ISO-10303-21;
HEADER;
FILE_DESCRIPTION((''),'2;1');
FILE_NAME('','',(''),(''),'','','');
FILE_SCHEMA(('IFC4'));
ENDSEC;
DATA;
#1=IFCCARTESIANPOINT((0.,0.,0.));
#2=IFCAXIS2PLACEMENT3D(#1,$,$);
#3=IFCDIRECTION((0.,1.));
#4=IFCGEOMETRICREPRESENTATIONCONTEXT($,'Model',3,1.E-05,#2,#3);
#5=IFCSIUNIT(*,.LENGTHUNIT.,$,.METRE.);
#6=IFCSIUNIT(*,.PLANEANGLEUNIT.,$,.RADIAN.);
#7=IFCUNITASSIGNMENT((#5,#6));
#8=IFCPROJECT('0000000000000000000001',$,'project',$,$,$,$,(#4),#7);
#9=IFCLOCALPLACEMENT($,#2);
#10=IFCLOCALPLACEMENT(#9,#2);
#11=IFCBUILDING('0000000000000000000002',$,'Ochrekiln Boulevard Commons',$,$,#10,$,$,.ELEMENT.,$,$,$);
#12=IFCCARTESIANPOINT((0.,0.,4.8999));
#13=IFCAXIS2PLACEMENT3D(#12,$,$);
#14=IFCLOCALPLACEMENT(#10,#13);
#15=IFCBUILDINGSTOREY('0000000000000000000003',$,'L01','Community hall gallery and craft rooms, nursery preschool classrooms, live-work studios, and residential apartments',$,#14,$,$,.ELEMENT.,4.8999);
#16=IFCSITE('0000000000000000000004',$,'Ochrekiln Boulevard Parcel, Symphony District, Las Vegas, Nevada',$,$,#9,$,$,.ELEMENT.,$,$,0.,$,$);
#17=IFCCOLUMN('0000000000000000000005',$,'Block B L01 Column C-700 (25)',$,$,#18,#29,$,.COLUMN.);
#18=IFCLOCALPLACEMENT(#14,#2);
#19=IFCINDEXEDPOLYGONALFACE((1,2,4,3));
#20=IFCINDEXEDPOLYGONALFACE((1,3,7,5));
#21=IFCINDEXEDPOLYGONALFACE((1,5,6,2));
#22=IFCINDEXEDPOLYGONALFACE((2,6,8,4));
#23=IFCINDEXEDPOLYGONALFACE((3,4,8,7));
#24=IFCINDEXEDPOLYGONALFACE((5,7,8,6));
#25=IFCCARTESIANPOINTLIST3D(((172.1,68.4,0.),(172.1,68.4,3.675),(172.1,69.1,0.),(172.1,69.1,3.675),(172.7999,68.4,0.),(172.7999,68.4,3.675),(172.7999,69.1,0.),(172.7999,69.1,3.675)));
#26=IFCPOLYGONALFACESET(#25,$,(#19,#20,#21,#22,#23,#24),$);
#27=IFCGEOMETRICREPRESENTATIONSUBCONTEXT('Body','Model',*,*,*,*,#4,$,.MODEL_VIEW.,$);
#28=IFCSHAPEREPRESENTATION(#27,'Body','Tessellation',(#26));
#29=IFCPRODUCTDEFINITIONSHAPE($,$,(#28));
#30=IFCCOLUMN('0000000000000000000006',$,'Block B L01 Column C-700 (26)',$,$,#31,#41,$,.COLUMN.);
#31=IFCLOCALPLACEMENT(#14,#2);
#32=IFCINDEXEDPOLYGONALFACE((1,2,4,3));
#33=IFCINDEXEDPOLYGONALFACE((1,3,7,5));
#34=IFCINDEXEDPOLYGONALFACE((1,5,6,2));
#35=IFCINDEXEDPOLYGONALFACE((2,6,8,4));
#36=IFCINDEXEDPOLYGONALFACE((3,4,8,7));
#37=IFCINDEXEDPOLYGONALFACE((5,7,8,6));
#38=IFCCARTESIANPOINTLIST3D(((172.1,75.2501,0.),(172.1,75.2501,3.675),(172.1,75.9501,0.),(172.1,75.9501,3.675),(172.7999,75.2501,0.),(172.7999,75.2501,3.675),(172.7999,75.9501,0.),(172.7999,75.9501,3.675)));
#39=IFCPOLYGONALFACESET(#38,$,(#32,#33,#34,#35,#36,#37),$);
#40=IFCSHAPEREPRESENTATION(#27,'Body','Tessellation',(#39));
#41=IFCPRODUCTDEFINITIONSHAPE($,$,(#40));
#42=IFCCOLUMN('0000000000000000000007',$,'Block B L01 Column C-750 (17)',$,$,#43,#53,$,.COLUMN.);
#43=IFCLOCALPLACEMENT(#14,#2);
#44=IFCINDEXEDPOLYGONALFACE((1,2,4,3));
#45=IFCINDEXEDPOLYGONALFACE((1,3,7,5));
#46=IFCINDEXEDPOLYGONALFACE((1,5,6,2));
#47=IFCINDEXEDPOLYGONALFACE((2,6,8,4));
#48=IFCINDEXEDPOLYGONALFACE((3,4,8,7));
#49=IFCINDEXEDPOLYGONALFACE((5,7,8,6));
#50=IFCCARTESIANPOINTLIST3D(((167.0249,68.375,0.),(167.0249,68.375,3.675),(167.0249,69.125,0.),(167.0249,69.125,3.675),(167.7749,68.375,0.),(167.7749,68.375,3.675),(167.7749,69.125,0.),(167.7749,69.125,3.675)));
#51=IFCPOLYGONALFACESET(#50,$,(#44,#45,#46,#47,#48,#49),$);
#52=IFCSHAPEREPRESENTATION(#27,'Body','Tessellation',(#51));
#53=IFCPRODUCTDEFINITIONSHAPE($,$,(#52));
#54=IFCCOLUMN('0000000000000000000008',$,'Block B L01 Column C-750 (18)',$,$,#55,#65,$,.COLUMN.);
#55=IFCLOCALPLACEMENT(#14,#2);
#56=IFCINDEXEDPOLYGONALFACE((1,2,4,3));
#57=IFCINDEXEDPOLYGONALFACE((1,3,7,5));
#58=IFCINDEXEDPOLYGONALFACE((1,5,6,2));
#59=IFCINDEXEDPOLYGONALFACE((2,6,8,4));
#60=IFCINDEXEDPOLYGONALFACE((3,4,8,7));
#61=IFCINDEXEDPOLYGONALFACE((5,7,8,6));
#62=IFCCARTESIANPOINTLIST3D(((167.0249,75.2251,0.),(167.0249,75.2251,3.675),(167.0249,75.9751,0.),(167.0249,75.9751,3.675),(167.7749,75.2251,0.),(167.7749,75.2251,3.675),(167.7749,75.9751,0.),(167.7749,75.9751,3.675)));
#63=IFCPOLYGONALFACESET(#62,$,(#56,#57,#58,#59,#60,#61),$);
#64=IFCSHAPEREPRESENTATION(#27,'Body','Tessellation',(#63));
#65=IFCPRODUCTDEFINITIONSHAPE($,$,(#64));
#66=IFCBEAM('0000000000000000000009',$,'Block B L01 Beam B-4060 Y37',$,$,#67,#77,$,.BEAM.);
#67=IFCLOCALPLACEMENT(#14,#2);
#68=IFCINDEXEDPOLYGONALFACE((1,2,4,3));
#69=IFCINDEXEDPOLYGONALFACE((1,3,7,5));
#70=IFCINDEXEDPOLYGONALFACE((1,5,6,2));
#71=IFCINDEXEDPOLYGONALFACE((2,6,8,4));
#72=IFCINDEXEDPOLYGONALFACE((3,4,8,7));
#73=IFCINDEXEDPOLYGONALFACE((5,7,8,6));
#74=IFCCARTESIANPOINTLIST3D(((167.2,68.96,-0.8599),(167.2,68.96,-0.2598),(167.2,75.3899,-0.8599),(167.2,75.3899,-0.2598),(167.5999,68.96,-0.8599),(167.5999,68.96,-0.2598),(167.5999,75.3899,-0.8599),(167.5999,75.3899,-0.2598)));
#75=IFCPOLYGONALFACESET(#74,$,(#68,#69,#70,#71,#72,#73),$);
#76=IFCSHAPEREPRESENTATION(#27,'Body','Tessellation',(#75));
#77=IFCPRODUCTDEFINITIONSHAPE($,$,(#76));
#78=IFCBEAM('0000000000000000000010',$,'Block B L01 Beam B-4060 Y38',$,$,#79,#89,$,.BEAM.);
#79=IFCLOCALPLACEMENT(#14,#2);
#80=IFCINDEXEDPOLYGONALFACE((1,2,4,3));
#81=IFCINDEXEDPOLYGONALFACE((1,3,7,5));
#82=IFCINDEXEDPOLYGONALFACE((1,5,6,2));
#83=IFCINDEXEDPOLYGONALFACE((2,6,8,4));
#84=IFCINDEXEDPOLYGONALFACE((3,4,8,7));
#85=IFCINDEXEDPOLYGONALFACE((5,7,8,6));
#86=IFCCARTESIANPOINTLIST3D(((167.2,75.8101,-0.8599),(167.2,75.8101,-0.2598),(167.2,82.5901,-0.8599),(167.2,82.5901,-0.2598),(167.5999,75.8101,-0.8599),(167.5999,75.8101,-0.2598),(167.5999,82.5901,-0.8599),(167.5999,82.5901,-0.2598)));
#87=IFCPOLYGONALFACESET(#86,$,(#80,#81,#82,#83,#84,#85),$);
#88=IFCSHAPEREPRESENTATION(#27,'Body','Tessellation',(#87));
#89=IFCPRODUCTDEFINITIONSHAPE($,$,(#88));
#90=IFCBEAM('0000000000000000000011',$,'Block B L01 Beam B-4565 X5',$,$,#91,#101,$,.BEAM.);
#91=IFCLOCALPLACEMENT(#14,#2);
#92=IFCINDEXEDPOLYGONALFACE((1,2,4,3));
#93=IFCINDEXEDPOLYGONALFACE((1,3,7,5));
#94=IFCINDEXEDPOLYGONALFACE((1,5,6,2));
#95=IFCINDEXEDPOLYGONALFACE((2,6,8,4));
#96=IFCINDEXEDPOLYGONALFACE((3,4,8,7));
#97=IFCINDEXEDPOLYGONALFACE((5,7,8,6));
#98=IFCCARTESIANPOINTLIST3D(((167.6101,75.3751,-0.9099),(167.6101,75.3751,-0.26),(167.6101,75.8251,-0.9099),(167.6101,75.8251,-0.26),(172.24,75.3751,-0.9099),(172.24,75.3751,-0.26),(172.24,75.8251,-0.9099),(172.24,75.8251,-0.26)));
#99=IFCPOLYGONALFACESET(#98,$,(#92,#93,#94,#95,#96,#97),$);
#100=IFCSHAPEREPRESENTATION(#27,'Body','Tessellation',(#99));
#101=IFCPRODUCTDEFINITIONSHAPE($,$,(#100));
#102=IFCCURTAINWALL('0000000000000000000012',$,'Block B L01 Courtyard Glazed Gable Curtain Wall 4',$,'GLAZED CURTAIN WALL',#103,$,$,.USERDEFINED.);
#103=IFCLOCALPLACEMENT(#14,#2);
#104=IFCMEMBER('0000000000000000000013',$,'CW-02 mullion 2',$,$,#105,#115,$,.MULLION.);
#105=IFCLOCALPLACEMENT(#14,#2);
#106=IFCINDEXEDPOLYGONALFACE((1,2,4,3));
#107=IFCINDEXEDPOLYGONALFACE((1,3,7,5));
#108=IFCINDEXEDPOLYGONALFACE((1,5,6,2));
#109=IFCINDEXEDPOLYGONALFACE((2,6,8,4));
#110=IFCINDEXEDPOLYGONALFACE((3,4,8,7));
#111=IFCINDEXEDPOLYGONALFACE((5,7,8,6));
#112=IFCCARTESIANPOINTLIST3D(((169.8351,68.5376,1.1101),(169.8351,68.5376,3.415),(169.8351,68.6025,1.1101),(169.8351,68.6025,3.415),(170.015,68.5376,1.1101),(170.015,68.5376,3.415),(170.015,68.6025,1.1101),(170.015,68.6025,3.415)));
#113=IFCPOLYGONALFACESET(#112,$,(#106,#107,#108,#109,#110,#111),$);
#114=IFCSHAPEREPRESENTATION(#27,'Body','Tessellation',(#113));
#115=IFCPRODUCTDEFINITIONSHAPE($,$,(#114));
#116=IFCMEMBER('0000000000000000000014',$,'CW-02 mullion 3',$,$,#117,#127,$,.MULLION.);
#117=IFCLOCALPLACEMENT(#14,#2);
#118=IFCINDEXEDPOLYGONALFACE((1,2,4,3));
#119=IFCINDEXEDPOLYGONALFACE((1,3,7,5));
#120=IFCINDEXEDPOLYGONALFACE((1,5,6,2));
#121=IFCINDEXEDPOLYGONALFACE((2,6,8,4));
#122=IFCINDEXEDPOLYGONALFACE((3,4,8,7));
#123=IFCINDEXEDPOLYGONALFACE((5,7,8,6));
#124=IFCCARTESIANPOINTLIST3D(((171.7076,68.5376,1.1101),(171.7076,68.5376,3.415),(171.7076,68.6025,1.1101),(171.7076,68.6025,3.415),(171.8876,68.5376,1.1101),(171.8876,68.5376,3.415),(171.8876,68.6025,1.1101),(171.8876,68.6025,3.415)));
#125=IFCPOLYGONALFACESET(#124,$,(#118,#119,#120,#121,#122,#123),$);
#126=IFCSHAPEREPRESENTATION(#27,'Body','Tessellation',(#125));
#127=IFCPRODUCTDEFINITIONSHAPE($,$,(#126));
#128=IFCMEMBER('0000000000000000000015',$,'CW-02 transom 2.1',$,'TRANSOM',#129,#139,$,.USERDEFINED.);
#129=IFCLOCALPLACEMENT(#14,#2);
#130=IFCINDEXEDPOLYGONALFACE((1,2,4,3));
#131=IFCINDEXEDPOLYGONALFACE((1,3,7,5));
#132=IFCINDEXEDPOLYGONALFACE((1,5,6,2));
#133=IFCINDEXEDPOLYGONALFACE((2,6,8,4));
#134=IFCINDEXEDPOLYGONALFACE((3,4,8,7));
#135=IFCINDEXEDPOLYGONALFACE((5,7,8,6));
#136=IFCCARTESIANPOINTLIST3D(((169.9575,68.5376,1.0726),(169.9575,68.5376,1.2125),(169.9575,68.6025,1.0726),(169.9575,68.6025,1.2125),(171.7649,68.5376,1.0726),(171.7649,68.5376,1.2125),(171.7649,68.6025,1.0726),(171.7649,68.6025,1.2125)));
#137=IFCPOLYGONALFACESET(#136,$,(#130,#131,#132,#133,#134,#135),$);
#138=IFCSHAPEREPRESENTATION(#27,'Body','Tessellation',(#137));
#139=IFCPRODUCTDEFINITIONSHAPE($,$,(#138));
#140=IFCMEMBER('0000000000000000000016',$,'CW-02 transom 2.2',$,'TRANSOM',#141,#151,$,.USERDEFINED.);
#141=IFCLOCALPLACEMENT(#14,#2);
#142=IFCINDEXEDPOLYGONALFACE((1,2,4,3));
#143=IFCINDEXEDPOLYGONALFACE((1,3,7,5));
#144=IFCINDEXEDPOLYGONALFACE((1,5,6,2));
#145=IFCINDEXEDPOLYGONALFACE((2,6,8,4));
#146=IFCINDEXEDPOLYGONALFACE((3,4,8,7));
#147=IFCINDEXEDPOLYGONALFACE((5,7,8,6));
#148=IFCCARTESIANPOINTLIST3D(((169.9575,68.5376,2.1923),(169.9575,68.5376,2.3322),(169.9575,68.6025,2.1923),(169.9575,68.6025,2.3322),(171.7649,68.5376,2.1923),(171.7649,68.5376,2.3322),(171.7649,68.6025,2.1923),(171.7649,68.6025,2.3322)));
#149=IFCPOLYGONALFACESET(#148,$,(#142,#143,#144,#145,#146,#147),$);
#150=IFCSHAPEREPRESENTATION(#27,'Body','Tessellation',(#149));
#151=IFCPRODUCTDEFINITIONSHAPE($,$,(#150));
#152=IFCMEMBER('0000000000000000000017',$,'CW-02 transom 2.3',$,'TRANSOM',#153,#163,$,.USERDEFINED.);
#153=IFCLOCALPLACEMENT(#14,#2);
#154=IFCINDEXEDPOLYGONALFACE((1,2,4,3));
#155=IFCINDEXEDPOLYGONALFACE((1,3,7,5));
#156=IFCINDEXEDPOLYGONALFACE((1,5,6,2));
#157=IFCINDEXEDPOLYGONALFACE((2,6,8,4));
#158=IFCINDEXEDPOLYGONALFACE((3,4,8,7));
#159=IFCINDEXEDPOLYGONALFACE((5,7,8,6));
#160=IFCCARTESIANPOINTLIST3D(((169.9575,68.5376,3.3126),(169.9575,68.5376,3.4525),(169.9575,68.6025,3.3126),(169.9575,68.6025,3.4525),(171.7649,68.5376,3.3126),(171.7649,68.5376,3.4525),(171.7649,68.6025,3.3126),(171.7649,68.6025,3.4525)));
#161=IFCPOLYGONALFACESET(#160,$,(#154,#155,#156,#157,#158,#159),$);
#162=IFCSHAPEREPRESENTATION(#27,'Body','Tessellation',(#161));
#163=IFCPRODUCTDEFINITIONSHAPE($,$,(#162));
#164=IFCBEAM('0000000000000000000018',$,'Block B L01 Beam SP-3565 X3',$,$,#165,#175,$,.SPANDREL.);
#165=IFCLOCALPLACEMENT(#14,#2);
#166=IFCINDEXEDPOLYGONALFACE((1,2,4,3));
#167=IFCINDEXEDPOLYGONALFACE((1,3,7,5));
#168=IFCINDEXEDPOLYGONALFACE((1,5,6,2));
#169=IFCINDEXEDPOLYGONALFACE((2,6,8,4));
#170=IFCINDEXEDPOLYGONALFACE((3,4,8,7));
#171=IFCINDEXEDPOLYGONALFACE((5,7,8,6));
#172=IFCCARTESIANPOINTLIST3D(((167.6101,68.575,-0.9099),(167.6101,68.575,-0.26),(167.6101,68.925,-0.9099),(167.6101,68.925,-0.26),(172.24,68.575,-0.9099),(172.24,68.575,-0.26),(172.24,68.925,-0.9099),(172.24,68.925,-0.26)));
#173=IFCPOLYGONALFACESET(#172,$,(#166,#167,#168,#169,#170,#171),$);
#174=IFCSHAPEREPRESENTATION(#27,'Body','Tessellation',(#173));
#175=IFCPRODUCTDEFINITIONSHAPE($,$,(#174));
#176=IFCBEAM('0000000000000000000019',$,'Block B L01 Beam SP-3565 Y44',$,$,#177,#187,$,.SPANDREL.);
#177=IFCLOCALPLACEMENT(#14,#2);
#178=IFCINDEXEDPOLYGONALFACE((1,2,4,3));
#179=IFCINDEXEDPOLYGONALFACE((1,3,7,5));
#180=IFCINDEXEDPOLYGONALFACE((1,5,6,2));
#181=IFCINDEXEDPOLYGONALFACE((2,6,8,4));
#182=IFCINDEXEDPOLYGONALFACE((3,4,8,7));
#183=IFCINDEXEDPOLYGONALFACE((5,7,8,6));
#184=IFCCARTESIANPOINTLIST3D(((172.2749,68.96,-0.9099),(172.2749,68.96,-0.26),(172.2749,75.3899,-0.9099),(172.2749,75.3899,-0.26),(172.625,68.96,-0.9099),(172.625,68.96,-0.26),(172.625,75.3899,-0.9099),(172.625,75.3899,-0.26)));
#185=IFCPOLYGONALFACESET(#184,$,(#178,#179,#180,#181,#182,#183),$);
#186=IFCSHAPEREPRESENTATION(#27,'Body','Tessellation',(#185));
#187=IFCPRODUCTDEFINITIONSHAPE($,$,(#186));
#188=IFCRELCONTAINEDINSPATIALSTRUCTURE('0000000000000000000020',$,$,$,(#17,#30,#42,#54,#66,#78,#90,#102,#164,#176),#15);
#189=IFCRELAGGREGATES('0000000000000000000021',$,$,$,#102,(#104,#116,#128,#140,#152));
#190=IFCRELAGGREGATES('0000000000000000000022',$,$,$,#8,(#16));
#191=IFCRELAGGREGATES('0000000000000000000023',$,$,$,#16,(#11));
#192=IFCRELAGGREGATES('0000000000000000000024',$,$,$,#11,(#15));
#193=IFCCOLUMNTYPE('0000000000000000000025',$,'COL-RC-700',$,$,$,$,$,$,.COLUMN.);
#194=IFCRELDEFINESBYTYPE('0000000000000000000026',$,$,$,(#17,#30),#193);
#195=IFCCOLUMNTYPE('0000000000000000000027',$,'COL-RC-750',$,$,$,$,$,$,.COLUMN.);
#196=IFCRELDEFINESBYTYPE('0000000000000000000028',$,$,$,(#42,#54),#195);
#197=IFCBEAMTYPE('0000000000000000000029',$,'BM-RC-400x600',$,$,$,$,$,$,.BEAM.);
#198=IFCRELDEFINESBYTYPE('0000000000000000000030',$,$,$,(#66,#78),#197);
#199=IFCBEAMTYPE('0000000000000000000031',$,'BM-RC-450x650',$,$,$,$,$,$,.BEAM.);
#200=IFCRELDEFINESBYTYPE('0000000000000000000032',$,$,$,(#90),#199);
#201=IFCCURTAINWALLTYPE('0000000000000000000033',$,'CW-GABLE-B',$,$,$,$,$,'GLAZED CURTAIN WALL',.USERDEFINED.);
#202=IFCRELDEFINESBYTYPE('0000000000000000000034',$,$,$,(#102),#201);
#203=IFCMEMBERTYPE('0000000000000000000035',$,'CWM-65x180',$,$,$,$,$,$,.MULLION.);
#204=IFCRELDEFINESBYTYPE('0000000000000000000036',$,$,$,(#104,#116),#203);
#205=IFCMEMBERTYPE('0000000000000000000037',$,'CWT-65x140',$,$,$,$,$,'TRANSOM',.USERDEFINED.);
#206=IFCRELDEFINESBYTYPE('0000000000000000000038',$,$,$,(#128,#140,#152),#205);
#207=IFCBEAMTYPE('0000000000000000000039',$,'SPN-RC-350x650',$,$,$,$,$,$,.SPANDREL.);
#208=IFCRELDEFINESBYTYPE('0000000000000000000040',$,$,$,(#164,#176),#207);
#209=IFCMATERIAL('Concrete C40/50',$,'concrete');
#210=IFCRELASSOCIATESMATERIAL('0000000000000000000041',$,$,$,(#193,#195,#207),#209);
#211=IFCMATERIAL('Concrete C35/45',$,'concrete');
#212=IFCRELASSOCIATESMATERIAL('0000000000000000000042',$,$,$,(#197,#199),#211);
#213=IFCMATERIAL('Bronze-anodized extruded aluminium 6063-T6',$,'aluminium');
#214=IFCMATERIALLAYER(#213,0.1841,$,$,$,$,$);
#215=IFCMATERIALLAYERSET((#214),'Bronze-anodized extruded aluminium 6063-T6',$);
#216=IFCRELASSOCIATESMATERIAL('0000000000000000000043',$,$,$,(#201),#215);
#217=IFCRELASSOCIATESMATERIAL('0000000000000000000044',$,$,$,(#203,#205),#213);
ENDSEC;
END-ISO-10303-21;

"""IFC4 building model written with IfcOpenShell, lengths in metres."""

from ifc_helpers import new_model, si_unit, direction, frame, origin, origin_2d, place, context, subcontext, project, spatial, rectangle, extrude, material, layer, layer_set, material_profile, profile_set, type_object, element, aggregate, save


model = new_model("IFC4")

# Units and contexts
model_context = context("Model", 3, precision=1e-05, world=origin(), true_north=direction((0.0, 1.0)))
body_context = subcontext(model_context, "Body", "Model", "MODEL_VIEW")
ifc_project = project(units=[si_unit("LENGTHUNIT", "METRE"), si_unit("PLANEANGLEUNIT", "RADIAN")], contexts=[model_context])

# Site, building, storey
site_placement = place(None, origin())
site = spatial("IfcSite", under=ifc_project, at=site_placement, Name="Ochrekiln Boulevard Parcel, Symphony District, Las Vegas, Nevada", CompositionType="ELEMENT", RefElevation=0.0)
building_placement = place(site_placement, origin())
building = spatial("IfcBuilding", under=site, at=building_placement, Name="Ochrekiln Boulevard Commons", CompositionType="ELEMENT")
storey_placement = place(building_placement, frame((0.0, 0.0, 4.8999)))
storey = spatial("IfcBuildingStorey", under=building, at=storey_placement, Name="L01", Description="Community hall gallery and craft rooms, nursery preschool classrooms, live-work studios, and residential apartments", CompositionType="ELEMENT", Elevation=4.8999)

# Columns
ifc_material_1 = material(Name="Concrete C40/50", Category="concrete")
ifc_material_profile_1 = material_profile(ifc_material_1, rectangle(XDim=0.7, YDim=0.7, at=origin_2d()), Name="RC-COL-700x700")
ifc_profile_set_1 = profile_set([ifc_material_profile_1], Name="Concrete C40/50")
column_type_1 = type_object("IfcColumnType", Name="COL-RC-700", PredefinedType="COLUMN", material=ifc_profile_set_1)
for number, where, z_axis, x_axis, name in (
    (1, (172.45, 68.75, 0.0), (0.0, 0.0, 1.0), (1.0, 0.0, 0.0), "Block B L01 Column C-700 (25)"),
    (2, (172.45, 75.6001, 0.0), (0.0, 0.0, 1.0), (1.0, 0.0, 0.0), "Block B L01 Column C-700 (26)"),
):
    element("IfcColumn", number, at=place(storey_placement, frame(where, z_axis=z_axis, x_axis=x_axis)), inside=storey, type_object=column_type_1, Name=name, PredefinedType="COLUMN", context=body_context, shape_type="SweptSolid", body=[
        extrude(rectangle(XDim=0.7, YDim=0.7, at=origin_2d()), origin(), (0.0, 0.0, 1.0), 3.675),
    ])
ifc_material_profile_2 = material_profile(ifc_material_1, rectangle(XDim=0.75, YDim=0.75, at=origin_2d()), Name="RC-COL-750x750")
ifc_profile_set_2 = profile_set([ifc_material_profile_2], Name="Concrete C40/50")
column_type_2 = type_object("IfcColumnType", Name="COL-RC-750", PredefinedType="COLUMN", material=ifc_profile_set_2)
for number, where, z_axis, x_axis, name in (
    (3, (167.3999, 68.75, 0.0), (0.0, 0.0, 1.0), (1.0, 0.0, 0.0), "Block B L01 Column C-750 (17)"),
    (4, (167.3999, 75.6001, 0.0), (0.0, 0.0, 1.0), (1.0, 0.0, 0.0), "Block B L01 Column C-750 (18)"),
):
    element("IfcColumn", number, at=place(storey_placement, frame(where, z_axis=z_axis, x_axis=x_axis)), inside=storey, type_object=column_type_2, Name=name, PredefinedType="COLUMN", context=body_context, shape_type="SweptSolid", body=[
        extrude(rectangle(XDim=0.75, YDim=0.75, at=origin_2d()), origin(), (0.0, 0.0, 1.0), 3.675),
    ])

# Beams
ifc_material_2 = material(Name="Concrete C35/45", Category="concrete")
ifc_material_profile_3 = material_profile(ifc_material_2, rectangle(XDim=0.3999, YDim=0.6001, at=origin_2d()), Name="RC-BM-400x600")
ifc_profile_set_3 = profile_set([ifc_material_profile_3], Name="Concrete C35/45")
beam_type_1 = type_object("IfcBeamType", Name="BM-RC-400x600", PredefinedType="BEAM", material=ifc_profile_set_3)
beam_1_placement = place(storey_placement, frame((167.3999, 68.96, -0.5598), z_axis=(0.0, 1.0, 0.0), x_axis=(-1.0, 0.0, 0.0)))
element("IfcBeam", 5, at=beam_1_placement, inside=storey, type_object=beam_type_1, Name="Block B L01 Beam B-4060 Y37", PredefinedType="BEAM", context=body_context, shape_type="SweptSolid", body=[
    extrude(rectangle(XDim=0.3999, YDim=0.6001, at=origin_2d()), origin(), (0.0, 0.0, 1.0), 6.4299),
])
beam_2_placement = place(storey_placement, frame((167.3999, 75.8101, -0.5598), z_axis=(0.0, 1.0, 0.0), x_axis=(-1.0, 0.0, 0.0)))
element("IfcBeam", 6, at=beam_2_placement, inside=storey, type_object=beam_type_1, Name="Block B L01 Beam B-4060 Y38", PredefinedType="BEAM", context=body_context, shape_type="SweptSolid", body=[
    extrude(rectangle(XDim=0.3999, YDim=0.6001, at=origin_2d()), origin(), (0.0, 0.0, 1.0), 6.78),
])
ifc_material_profile_4 = material_profile(ifc_material_2, rectangle(XDim=0.45, YDim=0.6499, at=origin_2d()), Name="RC-BM-450x650")
ifc_profile_set_4 = profile_set([ifc_material_profile_4], Name="Concrete C35/45")
beam_type_2 = type_object("IfcBeamType", Name="BM-RC-450x650", PredefinedType="BEAM", material=ifc_profile_set_4)
beam_3_placement = place(storey_placement, frame((167.6101, 75.6001, -0.585), z_axis=(1.0, 0.0, 0.0), x_axis=(0.0, 1.0, 0.0)))
element("IfcBeam", 7, at=beam_3_placement, inside=storey, type_object=beam_type_2, Name="Block B L01 Beam B-4565 X5", PredefinedType="BEAM", context=body_context, shape_type="SweptSolid", body=[
    extrude(rectangle(XDim=0.45, YDim=0.6499, at=origin_2d()), origin(), (0.0, 0.0, 1.0), 4.6299),
])

# Curtain wall, members
ifc_material_3 = material(Name="Bronze-anodized extruded aluminium 6063-T6", Category="aluminium")
ifc_layer_1 = layer(ifc_material_3, 0.1841)
ifc_layer_set_1 = layer_set([ifc_layer_1], Name="Bronze-anodized extruded aluminium 6063-T6")
curtain_wall_type = type_object("IfcCurtainWallType", Name="CW-GABLE-B", ElementType="GLAZED CURTAIN WALL", PredefinedType="USERDEFINED", material=ifc_layer_set_1)
curtain_wall_placement = place(storey_placement, origin())
curtain_wall = element("IfcCurtainWall", 8, at=curtain_wall_placement, inside=storey, type_object=curtain_wall_type, Name="Block B L01 Courtyard Glazed Gable Curtain Wall 4", ObjectType="GLAZED CURTAIN WALL", PredefinedType="USERDEFINED")
ifc_material_profile_5 = material_profile(ifc_material_3, rectangle(XDim=0.0649, YDim=0.1799, at=origin_2d()), Name="ALU-MUL-65x180")
ifc_profile_set_5 = profile_set([ifc_material_profile_5], Name="Bronze-anodized extruded aluminium 6063-T6")
member_type_1 = type_object("IfcMemberType", Name="CWM-65x180", PredefinedType="MULLION", material=ifc_profile_set_5)
member_1_placement = place(storey_placement, frame((169.925, 68.5701, 1.1101), z_axis=(0.0, 0.0, 1.0), x_axis=(0.0, 1.0, 0.0)))
member_1 = element("IfcMember", 9, at=member_1_placement, type_object=member_type_1, Name="CW-02 mullion 2", PredefinedType="MULLION", context=body_context, shape_type="SweptSolid", body=[
    extrude(rectangle(XDim=0.0649, YDim=0.1799, at=origin_2d()), origin(), (0.0, 0.0, 1.0), 2.3049),
])
member_2_placement = place(storey_placement, frame((171.7976, 68.5701, 1.1101), z_axis=(0.0, 0.0, 1.0), x_axis=(0.0, 1.0, 0.0)))
member_2 = element("IfcMember", 10, at=member_2_placement, type_object=member_type_1, Name="CW-02 mullion 3", PredefinedType="MULLION", context=body_context, shape_type="SweptSolid", body=[
    extrude(rectangle(XDim=0.0649, YDim=0.1799, at=origin_2d()), origin(), (0.0, 0.0, 1.0), 2.3049),
])
ifc_material_profile_6 = material_profile(ifc_material_3, rectangle(XDim=0.0649, YDim=0.1399, at=origin_2d()), Name="ALU-TRN-65x140")
ifc_profile_set_6 = profile_set([ifc_material_profile_6], Name="Bronze-anodized extruded aluminium 6063-T6")
member_type_2 = type_object("IfcMemberType", Name="CWT-65x140", ElementType="TRANSOM", PredefinedType="USERDEFINED", material=ifc_profile_set_6)
member_3_placement = place(storey_placement, frame((169.9575, 68.5701, 1.1426), z_axis=(1.0, 0.0, 0.0), x_axis=(0.0, 1.0, 0.0)))
member_3 = element("IfcMember", 11, at=member_3_placement, type_object=member_type_2, Name="CW-02 transom 2.1", ObjectType="TRANSOM", PredefinedType="USERDEFINED", context=body_context, shape_type="SweptSolid", body=[
    extrude(rectangle(XDim=0.0649, YDim=0.1399, at=origin_2d()), origin(), (0.0, 0.0, 1.0), 1.8074),
])
member_4_placement = place(storey_placement, frame((169.9575, 68.5701, 2.2622), z_axis=(1.0, 0.0, 0.0), x_axis=(0.0, 1.0, 0.0)))
member_4 = element("IfcMember", 12, at=member_4_placement, type_object=member_type_2, Name="CW-02 transom 2.2", ObjectType="TRANSOM", PredefinedType="USERDEFINED", context=body_context, shape_type="SweptSolid", body=[
    extrude(rectangle(XDim=0.0649, YDim=0.1399, at=origin_2d()), origin(), (0.0, 0.0, 1.0), 1.8074),
])
member_5_placement = place(storey_placement, frame((169.9575, 68.5701, 3.3826), z_axis=(1.0, 0.0, 0.0), x_axis=(0.0, 1.0, 0.0)))
member_5 = element("IfcMember", 13, at=member_5_placement, type_object=member_type_2, Name="CW-02 transom 2.3", ObjectType="TRANSOM", PredefinedType="USERDEFINED", context=body_context, shape_type="SweptSolid", body=[
    extrude(rectangle(XDim=0.0649, YDim=0.1399, at=origin_2d()), origin(), (0.0, 0.0, 1.0), 1.8074),
])

# Beams
ifc_material_profile_7 = material_profile(ifc_material_1, rectangle(XDim=0.3501, YDim=0.6499, at=origin_2d()), Name="RC-SPN-350x650")
ifc_profile_set_7 = profile_set([ifc_material_profile_7], Name="Concrete C40/50")
beam_type_3 = type_object("IfcBeamType", Name="SPN-RC-350x650", PredefinedType="SPANDREL", material=ifc_profile_set_7)
beam_4_placement = place(storey_placement, frame((167.6101, 68.75, -0.585), z_axis=(1.0, 0.0, 0.0), x_axis=(0.0, 1.0, 0.0)))
element("IfcBeam", 14, at=beam_4_placement, inside=storey, type_object=beam_type_3, Name="Block B L01 Beam SP-3565 X3", PredefinedType="SPANDREL", context=body_context, shape_type="SweptSolid", body=[
    extrude(rectangle(XDim=0.3501, YDim=0.6499, at=origin_2d()), origin(), (0.0, 0.0, 1.0), 4.6299),
])
beam_5_placement = place(storey_placement, frame((172.45, 68.96, -0.585), z_axis=(0.0, 1.0, 0.0), x_axis=(-1.0, 0.0, 0.0)))
element("IfcBeam", 15, at=beam_5_placement, inside=storey, type_object=beam_type_3, Name="Block B L01 Beam SP-3565 Y44", PredefinedType="SPANDREL", context=body_context, shape_type="SweptSolid", body=[
    extrude(rectangle(XDim=0.3501, YDim=0.6499, at=origin_2d()), origin(), (0.0, 0.0, 1.0), 6.4299),
])

aggregate(curtain_wall, [member_1, member_2, member_3, member_4, member_5])

save(model, "model.ifc")
